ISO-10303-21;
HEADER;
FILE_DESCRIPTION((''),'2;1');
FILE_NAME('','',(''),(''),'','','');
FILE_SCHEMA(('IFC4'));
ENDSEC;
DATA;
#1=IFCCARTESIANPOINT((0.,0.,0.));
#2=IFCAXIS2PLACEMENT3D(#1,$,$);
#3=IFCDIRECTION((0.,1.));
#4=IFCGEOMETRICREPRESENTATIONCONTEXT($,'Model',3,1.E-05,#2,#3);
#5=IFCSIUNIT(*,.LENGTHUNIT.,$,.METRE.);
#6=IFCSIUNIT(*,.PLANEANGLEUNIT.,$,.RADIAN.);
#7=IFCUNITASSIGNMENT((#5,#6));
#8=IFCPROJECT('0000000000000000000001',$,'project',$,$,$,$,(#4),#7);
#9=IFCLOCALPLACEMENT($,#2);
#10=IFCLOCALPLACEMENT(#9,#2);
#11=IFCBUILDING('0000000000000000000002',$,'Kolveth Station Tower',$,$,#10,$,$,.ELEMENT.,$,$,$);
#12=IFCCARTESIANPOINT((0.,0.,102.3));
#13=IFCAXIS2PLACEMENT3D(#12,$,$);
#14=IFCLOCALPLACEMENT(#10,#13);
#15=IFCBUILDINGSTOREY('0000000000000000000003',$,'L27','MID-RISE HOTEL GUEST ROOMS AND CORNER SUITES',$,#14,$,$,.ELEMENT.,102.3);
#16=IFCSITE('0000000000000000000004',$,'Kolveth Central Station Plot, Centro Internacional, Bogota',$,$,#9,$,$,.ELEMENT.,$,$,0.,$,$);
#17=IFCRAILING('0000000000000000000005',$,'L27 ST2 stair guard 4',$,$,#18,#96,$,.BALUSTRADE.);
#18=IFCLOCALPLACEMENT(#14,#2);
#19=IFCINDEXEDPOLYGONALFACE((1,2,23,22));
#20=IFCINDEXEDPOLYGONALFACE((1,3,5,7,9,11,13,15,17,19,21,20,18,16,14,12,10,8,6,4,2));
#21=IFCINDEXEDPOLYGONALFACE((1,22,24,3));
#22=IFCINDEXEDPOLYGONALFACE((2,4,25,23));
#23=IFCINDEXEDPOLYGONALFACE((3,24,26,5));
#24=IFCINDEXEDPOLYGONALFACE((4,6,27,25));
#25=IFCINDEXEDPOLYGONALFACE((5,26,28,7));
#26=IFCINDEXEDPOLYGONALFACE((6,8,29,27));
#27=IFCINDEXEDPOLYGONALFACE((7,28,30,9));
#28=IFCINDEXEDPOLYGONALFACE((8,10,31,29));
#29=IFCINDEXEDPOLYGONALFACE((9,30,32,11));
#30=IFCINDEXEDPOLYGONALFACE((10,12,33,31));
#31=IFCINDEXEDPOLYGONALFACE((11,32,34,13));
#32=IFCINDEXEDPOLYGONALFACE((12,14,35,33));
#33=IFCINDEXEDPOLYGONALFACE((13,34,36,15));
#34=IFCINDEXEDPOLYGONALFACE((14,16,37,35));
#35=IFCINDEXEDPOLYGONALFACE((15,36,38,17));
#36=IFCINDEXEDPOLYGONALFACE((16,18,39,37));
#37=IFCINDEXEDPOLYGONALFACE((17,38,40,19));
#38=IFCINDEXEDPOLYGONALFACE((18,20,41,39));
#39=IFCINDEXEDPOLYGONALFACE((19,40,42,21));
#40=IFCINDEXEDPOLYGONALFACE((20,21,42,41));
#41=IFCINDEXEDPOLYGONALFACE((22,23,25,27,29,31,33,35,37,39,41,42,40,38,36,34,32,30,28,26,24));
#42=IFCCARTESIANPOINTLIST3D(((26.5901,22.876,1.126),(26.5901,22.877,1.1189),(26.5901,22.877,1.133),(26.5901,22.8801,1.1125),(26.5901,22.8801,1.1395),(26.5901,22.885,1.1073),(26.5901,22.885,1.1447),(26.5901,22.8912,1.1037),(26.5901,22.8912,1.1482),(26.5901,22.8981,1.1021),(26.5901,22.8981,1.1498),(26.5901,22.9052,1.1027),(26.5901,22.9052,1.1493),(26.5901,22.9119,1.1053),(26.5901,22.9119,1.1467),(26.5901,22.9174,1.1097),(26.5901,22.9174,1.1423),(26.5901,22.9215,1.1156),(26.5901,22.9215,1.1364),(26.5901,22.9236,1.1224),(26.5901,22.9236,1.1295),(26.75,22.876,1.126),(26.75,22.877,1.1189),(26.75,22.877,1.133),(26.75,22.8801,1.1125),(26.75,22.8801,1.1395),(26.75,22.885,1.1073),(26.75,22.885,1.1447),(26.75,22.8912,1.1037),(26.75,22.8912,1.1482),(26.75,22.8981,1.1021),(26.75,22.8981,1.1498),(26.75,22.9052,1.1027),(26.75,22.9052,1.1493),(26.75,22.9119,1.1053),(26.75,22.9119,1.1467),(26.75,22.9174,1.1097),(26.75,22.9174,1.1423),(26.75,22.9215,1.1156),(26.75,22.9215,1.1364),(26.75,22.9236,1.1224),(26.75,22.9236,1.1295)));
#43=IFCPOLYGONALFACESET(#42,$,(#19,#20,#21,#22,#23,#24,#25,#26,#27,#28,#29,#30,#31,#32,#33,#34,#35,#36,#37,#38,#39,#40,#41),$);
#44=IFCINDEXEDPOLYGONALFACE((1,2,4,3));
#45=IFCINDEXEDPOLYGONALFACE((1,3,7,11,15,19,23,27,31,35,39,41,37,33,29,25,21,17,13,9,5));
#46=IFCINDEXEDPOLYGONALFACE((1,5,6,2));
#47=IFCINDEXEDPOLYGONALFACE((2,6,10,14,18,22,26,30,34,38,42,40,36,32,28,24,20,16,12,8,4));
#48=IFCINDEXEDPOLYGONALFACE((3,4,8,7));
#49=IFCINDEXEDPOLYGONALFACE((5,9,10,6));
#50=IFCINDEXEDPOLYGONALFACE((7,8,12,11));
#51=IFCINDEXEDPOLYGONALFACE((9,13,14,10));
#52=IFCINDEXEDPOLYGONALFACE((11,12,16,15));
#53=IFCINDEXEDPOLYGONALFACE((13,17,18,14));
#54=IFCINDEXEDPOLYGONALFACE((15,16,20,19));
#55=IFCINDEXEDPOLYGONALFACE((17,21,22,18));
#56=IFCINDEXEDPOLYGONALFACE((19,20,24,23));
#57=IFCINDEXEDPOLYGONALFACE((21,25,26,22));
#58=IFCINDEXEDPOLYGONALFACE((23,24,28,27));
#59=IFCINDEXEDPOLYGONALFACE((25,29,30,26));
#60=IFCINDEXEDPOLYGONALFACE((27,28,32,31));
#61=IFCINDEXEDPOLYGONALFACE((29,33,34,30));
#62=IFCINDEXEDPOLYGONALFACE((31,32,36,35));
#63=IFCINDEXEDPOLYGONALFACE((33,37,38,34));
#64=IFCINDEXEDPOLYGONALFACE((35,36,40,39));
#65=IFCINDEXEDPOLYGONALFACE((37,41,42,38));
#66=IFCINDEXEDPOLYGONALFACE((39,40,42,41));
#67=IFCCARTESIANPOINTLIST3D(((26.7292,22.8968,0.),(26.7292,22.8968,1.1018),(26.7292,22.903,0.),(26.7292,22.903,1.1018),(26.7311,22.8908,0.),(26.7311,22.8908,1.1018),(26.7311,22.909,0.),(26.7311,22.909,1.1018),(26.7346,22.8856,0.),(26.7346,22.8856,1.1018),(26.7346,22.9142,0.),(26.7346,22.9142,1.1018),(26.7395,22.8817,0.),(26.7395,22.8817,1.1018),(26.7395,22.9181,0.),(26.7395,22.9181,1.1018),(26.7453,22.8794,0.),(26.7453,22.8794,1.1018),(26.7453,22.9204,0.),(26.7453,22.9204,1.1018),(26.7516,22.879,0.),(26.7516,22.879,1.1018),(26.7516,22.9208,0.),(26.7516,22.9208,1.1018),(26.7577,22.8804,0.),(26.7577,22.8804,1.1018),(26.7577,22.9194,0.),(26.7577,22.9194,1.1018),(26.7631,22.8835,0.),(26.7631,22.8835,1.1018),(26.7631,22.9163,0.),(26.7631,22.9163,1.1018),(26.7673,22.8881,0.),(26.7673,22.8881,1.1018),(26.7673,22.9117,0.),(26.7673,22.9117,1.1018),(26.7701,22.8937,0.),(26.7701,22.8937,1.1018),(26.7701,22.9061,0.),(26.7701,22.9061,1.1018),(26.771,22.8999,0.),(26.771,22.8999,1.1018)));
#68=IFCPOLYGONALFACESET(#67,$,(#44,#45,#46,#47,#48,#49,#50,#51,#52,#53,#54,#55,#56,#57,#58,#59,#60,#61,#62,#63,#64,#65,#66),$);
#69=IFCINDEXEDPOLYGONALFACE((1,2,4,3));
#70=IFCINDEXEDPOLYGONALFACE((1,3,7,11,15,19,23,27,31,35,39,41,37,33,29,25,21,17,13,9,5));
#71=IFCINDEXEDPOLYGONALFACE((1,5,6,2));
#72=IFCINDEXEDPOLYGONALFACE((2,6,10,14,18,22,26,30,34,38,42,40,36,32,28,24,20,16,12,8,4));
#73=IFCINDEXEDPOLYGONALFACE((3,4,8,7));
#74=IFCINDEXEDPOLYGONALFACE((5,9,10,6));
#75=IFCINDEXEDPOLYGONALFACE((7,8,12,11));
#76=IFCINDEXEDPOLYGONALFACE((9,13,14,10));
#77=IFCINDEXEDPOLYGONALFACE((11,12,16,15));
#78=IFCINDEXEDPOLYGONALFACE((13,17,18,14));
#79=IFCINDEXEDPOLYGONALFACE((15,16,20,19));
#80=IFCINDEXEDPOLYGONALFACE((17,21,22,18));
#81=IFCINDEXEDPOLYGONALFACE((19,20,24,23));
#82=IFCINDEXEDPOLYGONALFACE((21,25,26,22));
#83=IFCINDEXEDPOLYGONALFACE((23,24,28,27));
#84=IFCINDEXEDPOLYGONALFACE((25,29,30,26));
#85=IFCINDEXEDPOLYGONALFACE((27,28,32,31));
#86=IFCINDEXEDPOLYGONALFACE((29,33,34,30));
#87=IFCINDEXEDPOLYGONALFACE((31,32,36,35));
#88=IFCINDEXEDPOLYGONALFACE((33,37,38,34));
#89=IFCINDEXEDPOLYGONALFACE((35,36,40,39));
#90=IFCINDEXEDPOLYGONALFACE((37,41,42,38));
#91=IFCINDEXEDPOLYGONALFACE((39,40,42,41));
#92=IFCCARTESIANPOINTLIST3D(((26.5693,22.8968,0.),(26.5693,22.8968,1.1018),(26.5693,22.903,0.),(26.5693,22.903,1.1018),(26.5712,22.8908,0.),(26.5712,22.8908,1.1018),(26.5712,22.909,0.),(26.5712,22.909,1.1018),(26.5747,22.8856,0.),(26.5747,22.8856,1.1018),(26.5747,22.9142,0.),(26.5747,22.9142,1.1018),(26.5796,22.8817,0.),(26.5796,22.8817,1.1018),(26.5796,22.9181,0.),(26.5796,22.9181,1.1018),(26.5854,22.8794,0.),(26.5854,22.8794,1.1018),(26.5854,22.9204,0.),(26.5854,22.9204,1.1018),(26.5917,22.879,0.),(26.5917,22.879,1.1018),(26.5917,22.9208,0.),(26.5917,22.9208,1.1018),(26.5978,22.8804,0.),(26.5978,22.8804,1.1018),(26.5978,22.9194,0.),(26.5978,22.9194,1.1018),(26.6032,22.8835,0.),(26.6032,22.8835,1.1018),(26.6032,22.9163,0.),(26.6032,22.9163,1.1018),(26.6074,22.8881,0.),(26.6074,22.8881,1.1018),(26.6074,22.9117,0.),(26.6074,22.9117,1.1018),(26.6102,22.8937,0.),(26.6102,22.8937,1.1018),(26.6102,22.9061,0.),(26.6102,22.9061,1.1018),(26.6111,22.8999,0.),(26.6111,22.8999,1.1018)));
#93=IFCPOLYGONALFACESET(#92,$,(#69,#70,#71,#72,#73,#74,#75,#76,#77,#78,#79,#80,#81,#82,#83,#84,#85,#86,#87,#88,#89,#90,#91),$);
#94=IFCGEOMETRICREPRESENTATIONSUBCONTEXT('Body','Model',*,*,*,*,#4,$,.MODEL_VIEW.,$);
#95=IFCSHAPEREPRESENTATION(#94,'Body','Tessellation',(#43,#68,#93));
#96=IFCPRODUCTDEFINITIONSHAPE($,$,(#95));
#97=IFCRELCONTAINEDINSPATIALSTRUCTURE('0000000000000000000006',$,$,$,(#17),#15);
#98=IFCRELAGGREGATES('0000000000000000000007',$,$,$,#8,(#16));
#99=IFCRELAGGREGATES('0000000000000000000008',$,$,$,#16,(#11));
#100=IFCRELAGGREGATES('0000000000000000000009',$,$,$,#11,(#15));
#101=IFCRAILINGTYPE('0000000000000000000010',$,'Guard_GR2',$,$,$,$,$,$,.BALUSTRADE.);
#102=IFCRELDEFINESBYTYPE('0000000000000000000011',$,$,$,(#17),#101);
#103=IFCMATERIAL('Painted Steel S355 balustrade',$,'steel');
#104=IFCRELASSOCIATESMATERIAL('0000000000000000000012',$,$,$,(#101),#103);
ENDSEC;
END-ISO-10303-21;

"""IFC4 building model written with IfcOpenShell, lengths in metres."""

from ifc_helpers import new_model, si_unit, direction, frame, origin, origin_2d, place, context, subcontext, project, spatial, circle, extrude, material, type_object, element, save


model = new_model("IFC4")

# Units and contexts
model_context = context("Model", 3, precision=1e-05, world=origin(), true_north=direction((0.0, 1.0)))
body_context = subcontext(model_context, "Body", "Model", "MODEL_VIEW")
ifc_project = project(units=[si_unit("LENGTHUNIT", "METRE"), si_unit("PLANEANGLEUNIT", "RADIAN")], contexts=[model_context])

# Site, building, storey
site_placement = place(None, origin())
site = spatial("IfcSite", under=ifc_project, at=site_placement, Name="Kolveth Central Station Plot, Centro Internacional, Bogota", CompositionType="ELEMENT", RefElevation=0.0)
building_placement = place(site_placement, origin())
building = spatial("IfcBuilding", under=site, at=building_placement, Name="Kolveth Station Tower", CompositionType="ELEMENT")
storey_placement = place(building_placement, frame((0.0, 0.0, 102.3)))
storey = spatial("IfcBuildingStorey", under=building, at=storey_placement, Name="L27", Description="MID-RISE HOTEL GUEST ROOMS AND CORNER SUITES", CompositionType="ELEMENT", Elevation=102.3)

# Railing
ifc_material_1 = material(Name="Painted Steel S355 balustrade", Category="steel")
railing_type_1 = type_object("IfcRailingType", Name="Guard_GR2", PredefinedType="BALUSTRADE", material=ifc_material_1)
railing_1_placement = place(storey_placement, frame((26.75, 22.8999, 0.0)))
element("IfcRailing", 1, at=railing_1_placement, inside=storey, type_object=railing_type_1, Name="L27 ST2 stair guard 4", PredefinedType="BALUSTRADE", context=body_context, shape_type="SweptSolid", body=[
    extrude(circle(Radius=0.0239, at=origin_2d()), frame((0.0, 0.0, 1.126), z_axis=(-1.0, 0.0, 0.0), x_axis=(0.0, -1.0, 0.0)), (0.0, 0.0, 1.0), 0.1599),
    extrude(circle(Radius=0.021, at=origin_2d()), origin(), (0.0, 0.0, 1.0), 1.1018),
    extrude(circle(Radius=0.021, at=origin_2d()), frame((-0.1599, 0.0, 0.0)), (0.0, 0.0, 1.0), 1.1018),
])

save(model, "model.ifc")
